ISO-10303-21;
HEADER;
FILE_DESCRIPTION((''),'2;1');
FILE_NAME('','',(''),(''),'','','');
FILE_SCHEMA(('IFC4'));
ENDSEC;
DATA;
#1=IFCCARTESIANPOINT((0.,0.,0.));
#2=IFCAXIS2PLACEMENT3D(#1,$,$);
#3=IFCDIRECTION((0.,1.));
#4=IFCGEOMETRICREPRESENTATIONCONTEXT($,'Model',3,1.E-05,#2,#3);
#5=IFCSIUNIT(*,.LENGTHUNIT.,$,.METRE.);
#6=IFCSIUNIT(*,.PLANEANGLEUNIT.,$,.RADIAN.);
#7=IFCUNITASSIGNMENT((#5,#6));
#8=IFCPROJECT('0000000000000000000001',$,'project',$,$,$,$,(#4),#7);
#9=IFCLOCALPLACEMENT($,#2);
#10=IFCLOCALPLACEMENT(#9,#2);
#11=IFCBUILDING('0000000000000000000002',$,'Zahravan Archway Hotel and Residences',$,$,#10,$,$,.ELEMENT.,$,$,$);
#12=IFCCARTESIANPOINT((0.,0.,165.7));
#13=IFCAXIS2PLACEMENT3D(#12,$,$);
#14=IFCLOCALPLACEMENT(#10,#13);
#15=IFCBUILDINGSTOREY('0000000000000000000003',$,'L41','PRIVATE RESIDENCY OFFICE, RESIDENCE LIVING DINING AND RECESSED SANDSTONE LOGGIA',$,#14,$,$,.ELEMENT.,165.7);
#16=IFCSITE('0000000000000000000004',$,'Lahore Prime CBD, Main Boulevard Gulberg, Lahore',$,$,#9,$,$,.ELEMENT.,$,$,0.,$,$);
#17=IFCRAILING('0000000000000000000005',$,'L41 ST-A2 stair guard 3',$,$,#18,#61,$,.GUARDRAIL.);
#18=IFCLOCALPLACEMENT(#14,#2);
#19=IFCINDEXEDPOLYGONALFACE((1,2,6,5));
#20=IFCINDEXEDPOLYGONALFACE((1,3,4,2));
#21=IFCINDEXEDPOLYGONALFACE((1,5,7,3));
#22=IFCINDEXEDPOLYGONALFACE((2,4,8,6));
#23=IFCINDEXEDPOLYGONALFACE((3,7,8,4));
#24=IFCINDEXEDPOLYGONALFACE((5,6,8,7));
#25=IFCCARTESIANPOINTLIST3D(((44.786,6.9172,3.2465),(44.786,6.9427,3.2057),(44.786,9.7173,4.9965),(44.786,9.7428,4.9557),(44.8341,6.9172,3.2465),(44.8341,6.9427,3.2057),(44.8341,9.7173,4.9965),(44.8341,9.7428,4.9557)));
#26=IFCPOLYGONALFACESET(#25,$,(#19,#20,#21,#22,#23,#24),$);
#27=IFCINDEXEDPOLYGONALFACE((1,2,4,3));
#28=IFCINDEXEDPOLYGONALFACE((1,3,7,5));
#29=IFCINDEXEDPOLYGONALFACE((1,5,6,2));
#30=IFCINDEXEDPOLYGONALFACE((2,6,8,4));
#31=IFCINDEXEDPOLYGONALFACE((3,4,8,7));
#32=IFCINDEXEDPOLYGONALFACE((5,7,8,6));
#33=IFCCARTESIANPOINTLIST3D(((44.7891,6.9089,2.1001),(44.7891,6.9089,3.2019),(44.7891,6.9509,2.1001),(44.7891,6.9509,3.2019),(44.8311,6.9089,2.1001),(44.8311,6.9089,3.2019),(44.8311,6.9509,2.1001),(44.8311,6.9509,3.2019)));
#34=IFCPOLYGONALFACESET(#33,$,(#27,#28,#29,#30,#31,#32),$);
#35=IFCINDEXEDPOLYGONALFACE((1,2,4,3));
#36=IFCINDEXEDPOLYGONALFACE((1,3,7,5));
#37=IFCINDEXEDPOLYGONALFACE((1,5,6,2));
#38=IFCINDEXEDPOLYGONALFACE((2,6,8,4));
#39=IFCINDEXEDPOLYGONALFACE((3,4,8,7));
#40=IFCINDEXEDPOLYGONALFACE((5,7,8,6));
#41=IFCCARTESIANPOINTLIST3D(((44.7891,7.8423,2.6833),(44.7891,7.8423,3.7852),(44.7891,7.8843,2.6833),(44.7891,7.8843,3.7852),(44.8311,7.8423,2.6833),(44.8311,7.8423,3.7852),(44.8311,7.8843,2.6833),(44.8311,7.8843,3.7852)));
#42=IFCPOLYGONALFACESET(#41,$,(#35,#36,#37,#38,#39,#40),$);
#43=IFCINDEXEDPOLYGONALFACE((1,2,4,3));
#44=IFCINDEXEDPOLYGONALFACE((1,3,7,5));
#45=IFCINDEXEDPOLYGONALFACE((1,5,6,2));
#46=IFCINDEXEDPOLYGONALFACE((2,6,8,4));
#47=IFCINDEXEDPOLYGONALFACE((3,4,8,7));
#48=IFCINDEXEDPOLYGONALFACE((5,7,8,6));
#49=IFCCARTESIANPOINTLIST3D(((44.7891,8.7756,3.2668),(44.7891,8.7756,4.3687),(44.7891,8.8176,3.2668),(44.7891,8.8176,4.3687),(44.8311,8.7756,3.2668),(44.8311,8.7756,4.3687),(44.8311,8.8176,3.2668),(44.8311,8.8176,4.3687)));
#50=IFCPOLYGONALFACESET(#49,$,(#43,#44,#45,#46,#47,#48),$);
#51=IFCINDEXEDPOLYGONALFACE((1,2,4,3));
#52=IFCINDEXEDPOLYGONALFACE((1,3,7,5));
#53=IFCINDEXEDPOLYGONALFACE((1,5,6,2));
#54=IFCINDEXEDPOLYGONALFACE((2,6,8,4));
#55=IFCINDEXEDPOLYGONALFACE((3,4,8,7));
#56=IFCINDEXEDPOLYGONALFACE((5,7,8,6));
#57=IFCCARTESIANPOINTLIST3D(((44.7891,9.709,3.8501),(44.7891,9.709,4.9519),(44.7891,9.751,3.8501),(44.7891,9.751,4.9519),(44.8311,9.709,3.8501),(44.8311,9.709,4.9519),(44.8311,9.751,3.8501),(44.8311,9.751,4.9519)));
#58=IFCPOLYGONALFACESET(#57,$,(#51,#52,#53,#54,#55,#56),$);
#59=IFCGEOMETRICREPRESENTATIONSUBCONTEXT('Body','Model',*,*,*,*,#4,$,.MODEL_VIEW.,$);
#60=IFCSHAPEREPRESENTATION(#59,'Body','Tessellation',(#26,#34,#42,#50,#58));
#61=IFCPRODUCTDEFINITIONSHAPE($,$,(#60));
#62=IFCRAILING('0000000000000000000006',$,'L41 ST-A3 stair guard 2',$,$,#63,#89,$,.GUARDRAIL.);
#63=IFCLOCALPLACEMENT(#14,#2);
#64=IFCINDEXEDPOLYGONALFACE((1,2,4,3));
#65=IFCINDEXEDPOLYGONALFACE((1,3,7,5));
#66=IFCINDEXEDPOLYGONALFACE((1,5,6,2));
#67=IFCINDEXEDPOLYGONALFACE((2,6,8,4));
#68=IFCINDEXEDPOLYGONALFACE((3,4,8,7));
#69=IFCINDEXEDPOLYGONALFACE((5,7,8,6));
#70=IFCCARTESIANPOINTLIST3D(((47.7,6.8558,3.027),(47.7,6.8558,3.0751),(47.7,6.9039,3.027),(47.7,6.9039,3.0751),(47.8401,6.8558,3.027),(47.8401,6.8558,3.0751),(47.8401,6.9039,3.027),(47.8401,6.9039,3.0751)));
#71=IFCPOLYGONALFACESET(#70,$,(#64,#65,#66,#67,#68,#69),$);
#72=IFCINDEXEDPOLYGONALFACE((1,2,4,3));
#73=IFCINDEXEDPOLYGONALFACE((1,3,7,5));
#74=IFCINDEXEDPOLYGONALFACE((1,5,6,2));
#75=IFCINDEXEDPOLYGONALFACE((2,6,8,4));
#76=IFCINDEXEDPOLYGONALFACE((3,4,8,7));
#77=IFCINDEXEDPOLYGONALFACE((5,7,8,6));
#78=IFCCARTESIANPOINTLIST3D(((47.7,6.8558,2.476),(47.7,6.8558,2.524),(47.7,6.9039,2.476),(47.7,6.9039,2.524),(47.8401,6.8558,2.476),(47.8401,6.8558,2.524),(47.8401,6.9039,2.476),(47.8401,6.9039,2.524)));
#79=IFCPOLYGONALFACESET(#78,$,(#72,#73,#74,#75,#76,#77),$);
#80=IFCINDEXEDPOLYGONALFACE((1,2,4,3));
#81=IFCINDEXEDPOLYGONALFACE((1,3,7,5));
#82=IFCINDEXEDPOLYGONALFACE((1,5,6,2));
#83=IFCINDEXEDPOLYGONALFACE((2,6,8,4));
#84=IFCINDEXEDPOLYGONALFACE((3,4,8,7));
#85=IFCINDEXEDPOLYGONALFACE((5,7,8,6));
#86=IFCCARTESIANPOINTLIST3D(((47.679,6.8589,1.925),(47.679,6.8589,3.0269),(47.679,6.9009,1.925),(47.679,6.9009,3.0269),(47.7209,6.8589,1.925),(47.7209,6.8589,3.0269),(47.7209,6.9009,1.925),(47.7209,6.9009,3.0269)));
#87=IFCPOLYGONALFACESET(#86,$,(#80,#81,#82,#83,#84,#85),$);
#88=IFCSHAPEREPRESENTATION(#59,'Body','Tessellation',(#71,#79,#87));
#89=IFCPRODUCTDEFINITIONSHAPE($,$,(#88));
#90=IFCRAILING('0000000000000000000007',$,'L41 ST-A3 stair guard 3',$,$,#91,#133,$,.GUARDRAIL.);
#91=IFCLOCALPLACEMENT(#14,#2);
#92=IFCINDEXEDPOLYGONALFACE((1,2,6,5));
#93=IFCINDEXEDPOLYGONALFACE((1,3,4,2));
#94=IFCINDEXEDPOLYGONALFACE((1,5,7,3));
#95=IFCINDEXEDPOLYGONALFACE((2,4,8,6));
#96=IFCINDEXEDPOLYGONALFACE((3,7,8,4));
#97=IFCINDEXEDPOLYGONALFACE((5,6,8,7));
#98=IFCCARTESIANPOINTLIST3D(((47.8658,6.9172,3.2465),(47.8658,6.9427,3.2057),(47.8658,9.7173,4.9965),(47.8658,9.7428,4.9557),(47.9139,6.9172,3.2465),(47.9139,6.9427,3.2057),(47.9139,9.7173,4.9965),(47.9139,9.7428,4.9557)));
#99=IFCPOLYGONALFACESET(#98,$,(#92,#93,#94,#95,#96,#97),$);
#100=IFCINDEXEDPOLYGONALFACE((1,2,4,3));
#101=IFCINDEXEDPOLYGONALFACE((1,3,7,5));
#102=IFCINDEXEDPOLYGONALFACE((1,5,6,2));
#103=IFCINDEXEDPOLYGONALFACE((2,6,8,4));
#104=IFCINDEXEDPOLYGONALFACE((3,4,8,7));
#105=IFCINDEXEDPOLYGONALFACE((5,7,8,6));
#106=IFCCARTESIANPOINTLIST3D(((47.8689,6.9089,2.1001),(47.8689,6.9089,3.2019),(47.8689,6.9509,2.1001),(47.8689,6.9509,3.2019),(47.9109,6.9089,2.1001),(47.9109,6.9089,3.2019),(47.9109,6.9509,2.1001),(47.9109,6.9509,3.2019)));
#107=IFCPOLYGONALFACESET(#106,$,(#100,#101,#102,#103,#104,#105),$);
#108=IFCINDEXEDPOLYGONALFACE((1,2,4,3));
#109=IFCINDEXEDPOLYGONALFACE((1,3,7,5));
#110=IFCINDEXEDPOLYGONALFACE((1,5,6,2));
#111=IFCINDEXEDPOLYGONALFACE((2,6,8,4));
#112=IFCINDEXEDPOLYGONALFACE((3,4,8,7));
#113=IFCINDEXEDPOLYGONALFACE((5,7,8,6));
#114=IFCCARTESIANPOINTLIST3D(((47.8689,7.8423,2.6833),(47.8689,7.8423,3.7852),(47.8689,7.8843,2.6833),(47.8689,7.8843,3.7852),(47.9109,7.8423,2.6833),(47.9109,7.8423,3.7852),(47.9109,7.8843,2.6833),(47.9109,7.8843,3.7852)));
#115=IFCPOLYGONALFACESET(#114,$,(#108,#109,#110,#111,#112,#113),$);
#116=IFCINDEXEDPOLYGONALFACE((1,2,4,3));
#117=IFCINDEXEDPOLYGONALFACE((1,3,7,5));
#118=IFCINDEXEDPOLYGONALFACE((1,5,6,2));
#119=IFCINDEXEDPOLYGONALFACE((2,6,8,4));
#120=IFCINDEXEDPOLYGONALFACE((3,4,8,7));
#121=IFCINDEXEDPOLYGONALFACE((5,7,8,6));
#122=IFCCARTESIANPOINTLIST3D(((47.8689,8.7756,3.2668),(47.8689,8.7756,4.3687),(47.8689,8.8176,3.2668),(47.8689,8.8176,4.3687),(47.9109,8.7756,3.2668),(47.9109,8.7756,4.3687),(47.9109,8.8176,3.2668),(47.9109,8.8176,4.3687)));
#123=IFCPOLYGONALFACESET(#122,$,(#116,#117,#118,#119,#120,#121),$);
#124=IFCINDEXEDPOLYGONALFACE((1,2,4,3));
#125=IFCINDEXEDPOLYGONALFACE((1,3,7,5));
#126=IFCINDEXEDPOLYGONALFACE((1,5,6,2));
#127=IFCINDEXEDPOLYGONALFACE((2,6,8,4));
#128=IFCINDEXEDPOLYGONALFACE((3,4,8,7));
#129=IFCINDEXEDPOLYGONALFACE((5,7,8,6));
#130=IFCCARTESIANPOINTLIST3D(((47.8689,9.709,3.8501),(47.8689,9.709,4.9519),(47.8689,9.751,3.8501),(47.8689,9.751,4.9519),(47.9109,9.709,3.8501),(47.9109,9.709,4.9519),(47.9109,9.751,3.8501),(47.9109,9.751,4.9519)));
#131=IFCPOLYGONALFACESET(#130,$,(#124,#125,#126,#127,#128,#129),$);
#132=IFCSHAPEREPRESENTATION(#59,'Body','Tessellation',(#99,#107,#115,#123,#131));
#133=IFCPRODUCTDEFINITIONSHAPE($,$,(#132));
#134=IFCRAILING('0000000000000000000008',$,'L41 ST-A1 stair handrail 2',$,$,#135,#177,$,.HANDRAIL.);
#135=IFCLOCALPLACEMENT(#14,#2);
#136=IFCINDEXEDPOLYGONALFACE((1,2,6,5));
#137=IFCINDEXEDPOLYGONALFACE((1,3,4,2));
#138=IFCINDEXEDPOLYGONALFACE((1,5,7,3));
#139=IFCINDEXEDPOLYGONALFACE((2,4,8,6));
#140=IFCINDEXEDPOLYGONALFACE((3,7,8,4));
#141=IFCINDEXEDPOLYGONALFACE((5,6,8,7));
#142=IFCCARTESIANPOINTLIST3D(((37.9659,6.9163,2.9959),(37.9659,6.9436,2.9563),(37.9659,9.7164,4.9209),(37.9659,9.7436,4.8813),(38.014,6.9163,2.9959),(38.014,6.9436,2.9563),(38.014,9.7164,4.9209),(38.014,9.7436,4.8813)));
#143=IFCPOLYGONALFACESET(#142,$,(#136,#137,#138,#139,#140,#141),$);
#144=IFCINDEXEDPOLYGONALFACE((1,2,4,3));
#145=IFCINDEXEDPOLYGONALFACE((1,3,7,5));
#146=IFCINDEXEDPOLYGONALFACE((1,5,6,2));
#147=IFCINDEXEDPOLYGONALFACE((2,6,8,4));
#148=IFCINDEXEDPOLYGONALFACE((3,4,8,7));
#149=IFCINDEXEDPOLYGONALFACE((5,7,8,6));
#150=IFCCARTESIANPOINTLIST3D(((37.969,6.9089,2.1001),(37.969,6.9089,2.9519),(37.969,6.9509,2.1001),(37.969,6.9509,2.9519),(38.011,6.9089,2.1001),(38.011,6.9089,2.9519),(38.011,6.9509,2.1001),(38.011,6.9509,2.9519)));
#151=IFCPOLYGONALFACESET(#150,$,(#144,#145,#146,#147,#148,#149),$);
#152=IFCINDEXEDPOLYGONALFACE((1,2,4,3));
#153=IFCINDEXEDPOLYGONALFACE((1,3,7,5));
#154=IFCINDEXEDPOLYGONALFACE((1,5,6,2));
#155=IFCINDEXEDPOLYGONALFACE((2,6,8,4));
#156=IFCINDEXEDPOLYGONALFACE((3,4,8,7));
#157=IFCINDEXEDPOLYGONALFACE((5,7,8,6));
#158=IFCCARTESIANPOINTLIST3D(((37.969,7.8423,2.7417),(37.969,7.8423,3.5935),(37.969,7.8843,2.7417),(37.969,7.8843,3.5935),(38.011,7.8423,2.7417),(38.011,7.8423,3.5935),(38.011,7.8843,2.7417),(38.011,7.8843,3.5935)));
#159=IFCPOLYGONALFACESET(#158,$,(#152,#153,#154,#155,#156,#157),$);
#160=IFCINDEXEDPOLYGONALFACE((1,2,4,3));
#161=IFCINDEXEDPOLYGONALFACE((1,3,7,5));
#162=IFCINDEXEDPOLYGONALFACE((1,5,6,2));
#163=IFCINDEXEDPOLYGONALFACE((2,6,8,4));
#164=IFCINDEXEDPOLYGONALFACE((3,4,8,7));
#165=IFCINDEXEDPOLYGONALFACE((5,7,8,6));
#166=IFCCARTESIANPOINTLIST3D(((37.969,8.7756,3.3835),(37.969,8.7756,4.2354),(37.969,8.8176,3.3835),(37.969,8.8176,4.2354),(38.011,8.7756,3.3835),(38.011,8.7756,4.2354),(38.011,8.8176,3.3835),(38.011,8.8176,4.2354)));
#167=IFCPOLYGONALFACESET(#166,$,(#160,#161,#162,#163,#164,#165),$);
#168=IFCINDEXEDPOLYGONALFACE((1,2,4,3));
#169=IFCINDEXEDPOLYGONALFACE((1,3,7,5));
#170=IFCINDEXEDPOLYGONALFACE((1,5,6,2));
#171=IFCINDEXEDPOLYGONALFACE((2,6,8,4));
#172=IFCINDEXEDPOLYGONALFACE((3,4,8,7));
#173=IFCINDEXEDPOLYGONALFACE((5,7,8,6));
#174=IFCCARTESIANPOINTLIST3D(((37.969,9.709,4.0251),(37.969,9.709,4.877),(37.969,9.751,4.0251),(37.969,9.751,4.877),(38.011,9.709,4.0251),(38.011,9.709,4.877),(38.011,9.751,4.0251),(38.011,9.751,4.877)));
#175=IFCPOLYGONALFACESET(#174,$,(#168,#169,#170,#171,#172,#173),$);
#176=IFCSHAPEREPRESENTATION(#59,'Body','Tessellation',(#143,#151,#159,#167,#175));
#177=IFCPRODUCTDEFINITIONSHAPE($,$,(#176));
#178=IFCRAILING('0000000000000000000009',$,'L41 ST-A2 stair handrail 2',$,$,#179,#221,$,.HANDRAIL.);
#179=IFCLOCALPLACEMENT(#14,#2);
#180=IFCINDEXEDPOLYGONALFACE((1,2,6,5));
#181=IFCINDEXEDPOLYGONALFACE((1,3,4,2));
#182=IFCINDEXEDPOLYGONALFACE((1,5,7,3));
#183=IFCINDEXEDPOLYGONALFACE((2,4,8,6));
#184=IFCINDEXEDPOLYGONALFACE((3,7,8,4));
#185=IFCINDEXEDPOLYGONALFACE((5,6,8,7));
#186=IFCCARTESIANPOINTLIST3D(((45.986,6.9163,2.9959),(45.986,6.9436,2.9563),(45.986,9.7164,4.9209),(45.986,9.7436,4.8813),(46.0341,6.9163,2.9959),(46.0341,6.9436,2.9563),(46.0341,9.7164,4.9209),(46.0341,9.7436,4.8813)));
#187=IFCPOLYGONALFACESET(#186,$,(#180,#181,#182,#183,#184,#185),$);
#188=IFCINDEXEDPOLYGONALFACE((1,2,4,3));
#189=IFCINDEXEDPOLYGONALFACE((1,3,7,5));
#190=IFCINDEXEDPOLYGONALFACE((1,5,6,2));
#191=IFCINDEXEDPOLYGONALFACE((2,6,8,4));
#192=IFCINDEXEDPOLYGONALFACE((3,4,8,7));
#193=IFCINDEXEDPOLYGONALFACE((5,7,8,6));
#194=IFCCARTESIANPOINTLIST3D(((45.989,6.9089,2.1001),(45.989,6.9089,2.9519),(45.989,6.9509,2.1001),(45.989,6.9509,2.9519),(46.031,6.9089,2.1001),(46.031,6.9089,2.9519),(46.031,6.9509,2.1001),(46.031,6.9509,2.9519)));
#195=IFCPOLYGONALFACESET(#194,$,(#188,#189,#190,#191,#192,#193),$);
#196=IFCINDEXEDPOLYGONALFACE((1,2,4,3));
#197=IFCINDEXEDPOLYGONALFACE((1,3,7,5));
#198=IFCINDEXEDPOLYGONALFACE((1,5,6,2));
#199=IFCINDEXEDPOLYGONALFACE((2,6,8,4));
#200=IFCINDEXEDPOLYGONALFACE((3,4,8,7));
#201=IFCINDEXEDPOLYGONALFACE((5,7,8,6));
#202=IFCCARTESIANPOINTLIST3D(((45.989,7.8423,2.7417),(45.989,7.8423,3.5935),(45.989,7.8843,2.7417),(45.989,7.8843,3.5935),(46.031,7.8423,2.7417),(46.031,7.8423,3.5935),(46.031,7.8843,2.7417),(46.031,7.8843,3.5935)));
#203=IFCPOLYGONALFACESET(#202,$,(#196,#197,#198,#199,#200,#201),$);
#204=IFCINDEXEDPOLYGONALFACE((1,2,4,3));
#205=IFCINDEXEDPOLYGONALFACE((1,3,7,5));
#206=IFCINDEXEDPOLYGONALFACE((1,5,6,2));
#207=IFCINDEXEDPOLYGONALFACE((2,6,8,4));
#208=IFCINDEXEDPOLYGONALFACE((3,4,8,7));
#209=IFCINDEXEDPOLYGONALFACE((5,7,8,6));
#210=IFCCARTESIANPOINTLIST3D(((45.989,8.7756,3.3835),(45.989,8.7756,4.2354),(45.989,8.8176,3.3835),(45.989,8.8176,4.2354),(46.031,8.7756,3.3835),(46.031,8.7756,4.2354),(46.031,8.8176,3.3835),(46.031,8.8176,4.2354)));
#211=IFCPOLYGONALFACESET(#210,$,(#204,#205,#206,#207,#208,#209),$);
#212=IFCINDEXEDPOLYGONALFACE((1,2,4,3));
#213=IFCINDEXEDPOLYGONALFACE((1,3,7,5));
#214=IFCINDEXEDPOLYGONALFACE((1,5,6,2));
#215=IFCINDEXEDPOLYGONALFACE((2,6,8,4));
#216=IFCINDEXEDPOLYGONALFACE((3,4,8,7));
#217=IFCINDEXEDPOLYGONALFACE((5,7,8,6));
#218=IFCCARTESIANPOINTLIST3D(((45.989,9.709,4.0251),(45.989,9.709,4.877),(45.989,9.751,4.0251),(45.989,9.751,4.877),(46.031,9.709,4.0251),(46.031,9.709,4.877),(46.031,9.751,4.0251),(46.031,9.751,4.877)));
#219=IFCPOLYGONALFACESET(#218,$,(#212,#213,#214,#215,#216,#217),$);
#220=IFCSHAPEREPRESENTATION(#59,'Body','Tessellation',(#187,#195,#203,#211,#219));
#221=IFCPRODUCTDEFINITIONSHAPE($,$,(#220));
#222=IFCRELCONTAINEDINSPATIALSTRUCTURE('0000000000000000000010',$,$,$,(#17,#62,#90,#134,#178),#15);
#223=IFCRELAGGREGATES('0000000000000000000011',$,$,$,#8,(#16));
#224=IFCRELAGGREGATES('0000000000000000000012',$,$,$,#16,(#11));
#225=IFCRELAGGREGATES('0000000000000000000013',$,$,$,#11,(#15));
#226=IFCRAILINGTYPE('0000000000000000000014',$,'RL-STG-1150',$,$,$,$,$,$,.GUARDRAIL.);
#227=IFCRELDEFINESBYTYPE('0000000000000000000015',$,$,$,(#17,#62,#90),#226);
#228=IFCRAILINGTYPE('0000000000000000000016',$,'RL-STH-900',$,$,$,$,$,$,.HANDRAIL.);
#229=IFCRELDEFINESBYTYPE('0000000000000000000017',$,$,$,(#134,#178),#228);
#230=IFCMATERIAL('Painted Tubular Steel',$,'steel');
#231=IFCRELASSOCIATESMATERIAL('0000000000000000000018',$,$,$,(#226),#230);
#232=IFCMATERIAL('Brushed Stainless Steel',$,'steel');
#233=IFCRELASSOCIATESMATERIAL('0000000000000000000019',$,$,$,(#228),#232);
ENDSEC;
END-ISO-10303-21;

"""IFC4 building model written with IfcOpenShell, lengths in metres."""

from ifc_helpers import new_model, si_unit, direction, frame, origin, origin_2d, place, context, subcontext, project, spatial, rectangle, extrude, material, type_object, element, save


model = new_model("IFC4")

# Units and contexts
model_context = context("Model", 3, precision=1e-05, world=origin(), true_north=direction((0.0, 1.0)))
body_context = subcontext(model_context, "Body", "Model", "MODEL_VIEW")
ifc_project = project(units=[si_unit("LENGTHUNIT", "METRE"), si_unit("PLANEANGLEUNIT", "RADIAN")], contexts=[model_context])

# Site, building, storey
site_placement = place(None, origin())
site = spatial("IfcSite", under=ifc_project, at=site_placement, Name="Lahore Prime CBD, Main Boulevard Gulberg, Lahore", CompositionType="ELEMENT", RefElevation=0.0)
building_placement = place(site_placement, origin())
building = spatial("IfcBuilding", under=site, at=building_placement, Name="Zahravan Archway Hotel and Residences", CompositionType="ELEMENT")
storey_placement = place(building_placement, frame((0.0, 0.0, 165.7)))
storey = spatial("IfcBuildingStorey", under=building, at=storey_placement, Name="L41", Description="PRIVATE RESIDENCY OFFICE, RESIDENCE LIVING DINING AND RECESSED SANDSTONE LOGGIA", CompositionType="ELEMENT", Elevation=165.7)

# Railings
ifc_material_1 = material(Name="Painted Tubular Steel", Category="steel")
railing_type_1 = type_object("IfcRailingType", Name="RL-STG-1150", PredefinedType="GUARDRAIL", material=ifc_material_1)
railing_1_placement = place(storey_placement, frame((44.8101, 6.9299, 2.1001)))
element("IfcRailing", 1, at=railing_1_placement, inside=storey, type_object=railing_type_1, Name="L41 ST-A2 stair guard 3", PredefinedType="GUARDRAIL", context=body_context, shape_type="SweptSolid", body=[
    extrude(rectangle(XDim=0.0481, YDim=0.0481, at=origin_2d()), frame((0.0, 0.0, 1.126), z_axis=(0.0, 0.848002, 0.529992), x_axis=(-1.0, 0.0, 0.0)), (0.0, 0.0, 1.0), 3.302),
    extrude(rectangle(XDim=0.042, YDim=0.042, at=origin_2d()), origin(), (0.0, 0.0, 1.0), 1.1018),
    extrude(rectangle(XDim=0.042, YDim=0.042, at=origin_2d()), frame((0.0, 0.9333, 0.5833)), (0.0, 0.0, 1.0), 1.1018),
    extrude(rectangle(XDim=0.042, YDim=0.042, at=origin_2d()), frame((0.0, 1.8667, 1.1667)), (0.0, 0.0, 1.0), 1.1018),
    extrude(rectangle(XDim=0.042, YDim=0.042, at=origin_2d()), frame((0.0, 2.8, 1.75)), (0.0, 0.0, 1.0), 1.1018),
])
railing_2_placement = place(storey_placement, frame((47.7, 6.8799, 1.925)))
element("IfcRailing", 2, at=railing_2_placement, inside=storey, type_object=railing_type_1, Name="L41 ST-A3 stair guard 2", PredefinedType="GUARDRAIL", context=body_context, shape_type="SweptSolid", body=[
    extrude(rectangle(XDim=0.0481, YDim=0.0481, at=origin_2d()), frame((0.0, 0.0, 1.126), z_axis=(1.0, 0.0, 0.0), x_axis=(0.0, 1.0, 0.0)), (0.0, 0.0, 1.0), 0.1401),
    extrude(rectangle(XDim=0.0481, YDim=0.0481, at=origin_2d()), frame((0.0, 0.0, 0.575), z_axis=(1.0, 0.0, 0.0), x_axis=(0.0, 1.0, 0.0)), (0.0, 0.0, 1.0), 0.1401),
    extrude(rectangle(XDim=0.042, YDim=0.042, at=origin_2d()), origin(), (0.0, 0.0, 1.0), 1.1018),
])
railing_3_placement = place(storey_placement, frame((47.8899, 6.9299, 2.1001)))
element("IfcRailing", 3, at=railing_3_placement, inside=storey, type_object=railing_type_1, Name="L41 ST-A3 stair guard 3", PredefinedType="GUARDRAIL", context=body_context, shape_type="SweptSolid", body=[
    extrude(rectangle(XDim=0.0481, YDim=0.0481, at=origin_2d()), frame((0.0, 0.0, 1.126), z_axis=(0.0, 0.848002, 0.529992), x_axis=(-1.0, 0.0, 0.0)), (0.0, 0.0, 1.0), 3.302),
    extrude(rectangle(XDim=0.042, YDim=0.042, at=origin_2d()), origin(), (0.0, 0.0, 1.0), 1.1018),
    extrude(rectangle(XDim=0.042, YDim=0.042, at=origin_2d()), frame((0.0, 0.9333, 0.5833)), (0.0, 0.0, 1.0), 1.1018),
    extrude(rectangle(XDim=0.042, YDim=0.042, at=origin_2d()), frame((0.0, 1.8667, 1.1667)), (0.0, 0.0, 1.0), 1.1018),
    extrude(rectangle(XDim=0.042, YDim=0.042, at=origin_2d()), frame((0.0, 2.8, 1.75)), (0.0, 0.0, 1.0), 1.1018),
])
ifc_material_2 = material(Name="Brushed Stainless Steel", Category="steel")
railing_type_2 = type_object("IfcRailingType", Name="RL-STH-900", PredefinedType="HANDRAIL", material=ifc_material_2)
for number, where, name in (
    (4, (37.99, 6.9299, 2.1001), "L41 ST-A1 stair handrail 2"),
    (5, (46.01, 6.9299, 2.1001), "L41 ST-A2 stair handrail 2"),
):
    element("IfcRailing", number, at=place(storey_placement, frame(where)), inside=storey, type_object=railing_type_2, Name=name, PredefinedType="HANDRAIL", context=body_context, shape_type="SweptSolid", body=[
        extrude(rectangle(XDim=0.0481, YDim=0.0481, at=origin_2d()), frame((0.0, 0.0, 0.876), z_axis=(0.0, 0.82404, 0.566532), x_axis=(-1.0, 0.0, 0.0)), (0.0, 0.0, 1.0), 3.3979),
        extrude(rectangle(XDim=0.042, YDim=0.042, at=origin_2d()), origin(), (0.0, 0.0, 1.0), 0.8518),
        extrude(rectangle(XDim=0.042, YDim=0.042, at=origin_2d()), frame((0.0, 0.9333, 0.6416)), (0.0, 0.0, 1.0), 0.8518),
        extrude(rectangle(XDim=0.042, YDim=0.042, at=origin_2d()), frame((0.0, 1.8667, 1.2834)), (0.0, 0.0, 1.0), 0.8518),
        extrude(rectangle(XDim=0.042, YDim=0.042, at=origin_2d()), frame((0.0, 2.8, 1.925)), (0.0, 0.0, 1.0), 0.8518),
    ])

save(model, "model.ifc")
